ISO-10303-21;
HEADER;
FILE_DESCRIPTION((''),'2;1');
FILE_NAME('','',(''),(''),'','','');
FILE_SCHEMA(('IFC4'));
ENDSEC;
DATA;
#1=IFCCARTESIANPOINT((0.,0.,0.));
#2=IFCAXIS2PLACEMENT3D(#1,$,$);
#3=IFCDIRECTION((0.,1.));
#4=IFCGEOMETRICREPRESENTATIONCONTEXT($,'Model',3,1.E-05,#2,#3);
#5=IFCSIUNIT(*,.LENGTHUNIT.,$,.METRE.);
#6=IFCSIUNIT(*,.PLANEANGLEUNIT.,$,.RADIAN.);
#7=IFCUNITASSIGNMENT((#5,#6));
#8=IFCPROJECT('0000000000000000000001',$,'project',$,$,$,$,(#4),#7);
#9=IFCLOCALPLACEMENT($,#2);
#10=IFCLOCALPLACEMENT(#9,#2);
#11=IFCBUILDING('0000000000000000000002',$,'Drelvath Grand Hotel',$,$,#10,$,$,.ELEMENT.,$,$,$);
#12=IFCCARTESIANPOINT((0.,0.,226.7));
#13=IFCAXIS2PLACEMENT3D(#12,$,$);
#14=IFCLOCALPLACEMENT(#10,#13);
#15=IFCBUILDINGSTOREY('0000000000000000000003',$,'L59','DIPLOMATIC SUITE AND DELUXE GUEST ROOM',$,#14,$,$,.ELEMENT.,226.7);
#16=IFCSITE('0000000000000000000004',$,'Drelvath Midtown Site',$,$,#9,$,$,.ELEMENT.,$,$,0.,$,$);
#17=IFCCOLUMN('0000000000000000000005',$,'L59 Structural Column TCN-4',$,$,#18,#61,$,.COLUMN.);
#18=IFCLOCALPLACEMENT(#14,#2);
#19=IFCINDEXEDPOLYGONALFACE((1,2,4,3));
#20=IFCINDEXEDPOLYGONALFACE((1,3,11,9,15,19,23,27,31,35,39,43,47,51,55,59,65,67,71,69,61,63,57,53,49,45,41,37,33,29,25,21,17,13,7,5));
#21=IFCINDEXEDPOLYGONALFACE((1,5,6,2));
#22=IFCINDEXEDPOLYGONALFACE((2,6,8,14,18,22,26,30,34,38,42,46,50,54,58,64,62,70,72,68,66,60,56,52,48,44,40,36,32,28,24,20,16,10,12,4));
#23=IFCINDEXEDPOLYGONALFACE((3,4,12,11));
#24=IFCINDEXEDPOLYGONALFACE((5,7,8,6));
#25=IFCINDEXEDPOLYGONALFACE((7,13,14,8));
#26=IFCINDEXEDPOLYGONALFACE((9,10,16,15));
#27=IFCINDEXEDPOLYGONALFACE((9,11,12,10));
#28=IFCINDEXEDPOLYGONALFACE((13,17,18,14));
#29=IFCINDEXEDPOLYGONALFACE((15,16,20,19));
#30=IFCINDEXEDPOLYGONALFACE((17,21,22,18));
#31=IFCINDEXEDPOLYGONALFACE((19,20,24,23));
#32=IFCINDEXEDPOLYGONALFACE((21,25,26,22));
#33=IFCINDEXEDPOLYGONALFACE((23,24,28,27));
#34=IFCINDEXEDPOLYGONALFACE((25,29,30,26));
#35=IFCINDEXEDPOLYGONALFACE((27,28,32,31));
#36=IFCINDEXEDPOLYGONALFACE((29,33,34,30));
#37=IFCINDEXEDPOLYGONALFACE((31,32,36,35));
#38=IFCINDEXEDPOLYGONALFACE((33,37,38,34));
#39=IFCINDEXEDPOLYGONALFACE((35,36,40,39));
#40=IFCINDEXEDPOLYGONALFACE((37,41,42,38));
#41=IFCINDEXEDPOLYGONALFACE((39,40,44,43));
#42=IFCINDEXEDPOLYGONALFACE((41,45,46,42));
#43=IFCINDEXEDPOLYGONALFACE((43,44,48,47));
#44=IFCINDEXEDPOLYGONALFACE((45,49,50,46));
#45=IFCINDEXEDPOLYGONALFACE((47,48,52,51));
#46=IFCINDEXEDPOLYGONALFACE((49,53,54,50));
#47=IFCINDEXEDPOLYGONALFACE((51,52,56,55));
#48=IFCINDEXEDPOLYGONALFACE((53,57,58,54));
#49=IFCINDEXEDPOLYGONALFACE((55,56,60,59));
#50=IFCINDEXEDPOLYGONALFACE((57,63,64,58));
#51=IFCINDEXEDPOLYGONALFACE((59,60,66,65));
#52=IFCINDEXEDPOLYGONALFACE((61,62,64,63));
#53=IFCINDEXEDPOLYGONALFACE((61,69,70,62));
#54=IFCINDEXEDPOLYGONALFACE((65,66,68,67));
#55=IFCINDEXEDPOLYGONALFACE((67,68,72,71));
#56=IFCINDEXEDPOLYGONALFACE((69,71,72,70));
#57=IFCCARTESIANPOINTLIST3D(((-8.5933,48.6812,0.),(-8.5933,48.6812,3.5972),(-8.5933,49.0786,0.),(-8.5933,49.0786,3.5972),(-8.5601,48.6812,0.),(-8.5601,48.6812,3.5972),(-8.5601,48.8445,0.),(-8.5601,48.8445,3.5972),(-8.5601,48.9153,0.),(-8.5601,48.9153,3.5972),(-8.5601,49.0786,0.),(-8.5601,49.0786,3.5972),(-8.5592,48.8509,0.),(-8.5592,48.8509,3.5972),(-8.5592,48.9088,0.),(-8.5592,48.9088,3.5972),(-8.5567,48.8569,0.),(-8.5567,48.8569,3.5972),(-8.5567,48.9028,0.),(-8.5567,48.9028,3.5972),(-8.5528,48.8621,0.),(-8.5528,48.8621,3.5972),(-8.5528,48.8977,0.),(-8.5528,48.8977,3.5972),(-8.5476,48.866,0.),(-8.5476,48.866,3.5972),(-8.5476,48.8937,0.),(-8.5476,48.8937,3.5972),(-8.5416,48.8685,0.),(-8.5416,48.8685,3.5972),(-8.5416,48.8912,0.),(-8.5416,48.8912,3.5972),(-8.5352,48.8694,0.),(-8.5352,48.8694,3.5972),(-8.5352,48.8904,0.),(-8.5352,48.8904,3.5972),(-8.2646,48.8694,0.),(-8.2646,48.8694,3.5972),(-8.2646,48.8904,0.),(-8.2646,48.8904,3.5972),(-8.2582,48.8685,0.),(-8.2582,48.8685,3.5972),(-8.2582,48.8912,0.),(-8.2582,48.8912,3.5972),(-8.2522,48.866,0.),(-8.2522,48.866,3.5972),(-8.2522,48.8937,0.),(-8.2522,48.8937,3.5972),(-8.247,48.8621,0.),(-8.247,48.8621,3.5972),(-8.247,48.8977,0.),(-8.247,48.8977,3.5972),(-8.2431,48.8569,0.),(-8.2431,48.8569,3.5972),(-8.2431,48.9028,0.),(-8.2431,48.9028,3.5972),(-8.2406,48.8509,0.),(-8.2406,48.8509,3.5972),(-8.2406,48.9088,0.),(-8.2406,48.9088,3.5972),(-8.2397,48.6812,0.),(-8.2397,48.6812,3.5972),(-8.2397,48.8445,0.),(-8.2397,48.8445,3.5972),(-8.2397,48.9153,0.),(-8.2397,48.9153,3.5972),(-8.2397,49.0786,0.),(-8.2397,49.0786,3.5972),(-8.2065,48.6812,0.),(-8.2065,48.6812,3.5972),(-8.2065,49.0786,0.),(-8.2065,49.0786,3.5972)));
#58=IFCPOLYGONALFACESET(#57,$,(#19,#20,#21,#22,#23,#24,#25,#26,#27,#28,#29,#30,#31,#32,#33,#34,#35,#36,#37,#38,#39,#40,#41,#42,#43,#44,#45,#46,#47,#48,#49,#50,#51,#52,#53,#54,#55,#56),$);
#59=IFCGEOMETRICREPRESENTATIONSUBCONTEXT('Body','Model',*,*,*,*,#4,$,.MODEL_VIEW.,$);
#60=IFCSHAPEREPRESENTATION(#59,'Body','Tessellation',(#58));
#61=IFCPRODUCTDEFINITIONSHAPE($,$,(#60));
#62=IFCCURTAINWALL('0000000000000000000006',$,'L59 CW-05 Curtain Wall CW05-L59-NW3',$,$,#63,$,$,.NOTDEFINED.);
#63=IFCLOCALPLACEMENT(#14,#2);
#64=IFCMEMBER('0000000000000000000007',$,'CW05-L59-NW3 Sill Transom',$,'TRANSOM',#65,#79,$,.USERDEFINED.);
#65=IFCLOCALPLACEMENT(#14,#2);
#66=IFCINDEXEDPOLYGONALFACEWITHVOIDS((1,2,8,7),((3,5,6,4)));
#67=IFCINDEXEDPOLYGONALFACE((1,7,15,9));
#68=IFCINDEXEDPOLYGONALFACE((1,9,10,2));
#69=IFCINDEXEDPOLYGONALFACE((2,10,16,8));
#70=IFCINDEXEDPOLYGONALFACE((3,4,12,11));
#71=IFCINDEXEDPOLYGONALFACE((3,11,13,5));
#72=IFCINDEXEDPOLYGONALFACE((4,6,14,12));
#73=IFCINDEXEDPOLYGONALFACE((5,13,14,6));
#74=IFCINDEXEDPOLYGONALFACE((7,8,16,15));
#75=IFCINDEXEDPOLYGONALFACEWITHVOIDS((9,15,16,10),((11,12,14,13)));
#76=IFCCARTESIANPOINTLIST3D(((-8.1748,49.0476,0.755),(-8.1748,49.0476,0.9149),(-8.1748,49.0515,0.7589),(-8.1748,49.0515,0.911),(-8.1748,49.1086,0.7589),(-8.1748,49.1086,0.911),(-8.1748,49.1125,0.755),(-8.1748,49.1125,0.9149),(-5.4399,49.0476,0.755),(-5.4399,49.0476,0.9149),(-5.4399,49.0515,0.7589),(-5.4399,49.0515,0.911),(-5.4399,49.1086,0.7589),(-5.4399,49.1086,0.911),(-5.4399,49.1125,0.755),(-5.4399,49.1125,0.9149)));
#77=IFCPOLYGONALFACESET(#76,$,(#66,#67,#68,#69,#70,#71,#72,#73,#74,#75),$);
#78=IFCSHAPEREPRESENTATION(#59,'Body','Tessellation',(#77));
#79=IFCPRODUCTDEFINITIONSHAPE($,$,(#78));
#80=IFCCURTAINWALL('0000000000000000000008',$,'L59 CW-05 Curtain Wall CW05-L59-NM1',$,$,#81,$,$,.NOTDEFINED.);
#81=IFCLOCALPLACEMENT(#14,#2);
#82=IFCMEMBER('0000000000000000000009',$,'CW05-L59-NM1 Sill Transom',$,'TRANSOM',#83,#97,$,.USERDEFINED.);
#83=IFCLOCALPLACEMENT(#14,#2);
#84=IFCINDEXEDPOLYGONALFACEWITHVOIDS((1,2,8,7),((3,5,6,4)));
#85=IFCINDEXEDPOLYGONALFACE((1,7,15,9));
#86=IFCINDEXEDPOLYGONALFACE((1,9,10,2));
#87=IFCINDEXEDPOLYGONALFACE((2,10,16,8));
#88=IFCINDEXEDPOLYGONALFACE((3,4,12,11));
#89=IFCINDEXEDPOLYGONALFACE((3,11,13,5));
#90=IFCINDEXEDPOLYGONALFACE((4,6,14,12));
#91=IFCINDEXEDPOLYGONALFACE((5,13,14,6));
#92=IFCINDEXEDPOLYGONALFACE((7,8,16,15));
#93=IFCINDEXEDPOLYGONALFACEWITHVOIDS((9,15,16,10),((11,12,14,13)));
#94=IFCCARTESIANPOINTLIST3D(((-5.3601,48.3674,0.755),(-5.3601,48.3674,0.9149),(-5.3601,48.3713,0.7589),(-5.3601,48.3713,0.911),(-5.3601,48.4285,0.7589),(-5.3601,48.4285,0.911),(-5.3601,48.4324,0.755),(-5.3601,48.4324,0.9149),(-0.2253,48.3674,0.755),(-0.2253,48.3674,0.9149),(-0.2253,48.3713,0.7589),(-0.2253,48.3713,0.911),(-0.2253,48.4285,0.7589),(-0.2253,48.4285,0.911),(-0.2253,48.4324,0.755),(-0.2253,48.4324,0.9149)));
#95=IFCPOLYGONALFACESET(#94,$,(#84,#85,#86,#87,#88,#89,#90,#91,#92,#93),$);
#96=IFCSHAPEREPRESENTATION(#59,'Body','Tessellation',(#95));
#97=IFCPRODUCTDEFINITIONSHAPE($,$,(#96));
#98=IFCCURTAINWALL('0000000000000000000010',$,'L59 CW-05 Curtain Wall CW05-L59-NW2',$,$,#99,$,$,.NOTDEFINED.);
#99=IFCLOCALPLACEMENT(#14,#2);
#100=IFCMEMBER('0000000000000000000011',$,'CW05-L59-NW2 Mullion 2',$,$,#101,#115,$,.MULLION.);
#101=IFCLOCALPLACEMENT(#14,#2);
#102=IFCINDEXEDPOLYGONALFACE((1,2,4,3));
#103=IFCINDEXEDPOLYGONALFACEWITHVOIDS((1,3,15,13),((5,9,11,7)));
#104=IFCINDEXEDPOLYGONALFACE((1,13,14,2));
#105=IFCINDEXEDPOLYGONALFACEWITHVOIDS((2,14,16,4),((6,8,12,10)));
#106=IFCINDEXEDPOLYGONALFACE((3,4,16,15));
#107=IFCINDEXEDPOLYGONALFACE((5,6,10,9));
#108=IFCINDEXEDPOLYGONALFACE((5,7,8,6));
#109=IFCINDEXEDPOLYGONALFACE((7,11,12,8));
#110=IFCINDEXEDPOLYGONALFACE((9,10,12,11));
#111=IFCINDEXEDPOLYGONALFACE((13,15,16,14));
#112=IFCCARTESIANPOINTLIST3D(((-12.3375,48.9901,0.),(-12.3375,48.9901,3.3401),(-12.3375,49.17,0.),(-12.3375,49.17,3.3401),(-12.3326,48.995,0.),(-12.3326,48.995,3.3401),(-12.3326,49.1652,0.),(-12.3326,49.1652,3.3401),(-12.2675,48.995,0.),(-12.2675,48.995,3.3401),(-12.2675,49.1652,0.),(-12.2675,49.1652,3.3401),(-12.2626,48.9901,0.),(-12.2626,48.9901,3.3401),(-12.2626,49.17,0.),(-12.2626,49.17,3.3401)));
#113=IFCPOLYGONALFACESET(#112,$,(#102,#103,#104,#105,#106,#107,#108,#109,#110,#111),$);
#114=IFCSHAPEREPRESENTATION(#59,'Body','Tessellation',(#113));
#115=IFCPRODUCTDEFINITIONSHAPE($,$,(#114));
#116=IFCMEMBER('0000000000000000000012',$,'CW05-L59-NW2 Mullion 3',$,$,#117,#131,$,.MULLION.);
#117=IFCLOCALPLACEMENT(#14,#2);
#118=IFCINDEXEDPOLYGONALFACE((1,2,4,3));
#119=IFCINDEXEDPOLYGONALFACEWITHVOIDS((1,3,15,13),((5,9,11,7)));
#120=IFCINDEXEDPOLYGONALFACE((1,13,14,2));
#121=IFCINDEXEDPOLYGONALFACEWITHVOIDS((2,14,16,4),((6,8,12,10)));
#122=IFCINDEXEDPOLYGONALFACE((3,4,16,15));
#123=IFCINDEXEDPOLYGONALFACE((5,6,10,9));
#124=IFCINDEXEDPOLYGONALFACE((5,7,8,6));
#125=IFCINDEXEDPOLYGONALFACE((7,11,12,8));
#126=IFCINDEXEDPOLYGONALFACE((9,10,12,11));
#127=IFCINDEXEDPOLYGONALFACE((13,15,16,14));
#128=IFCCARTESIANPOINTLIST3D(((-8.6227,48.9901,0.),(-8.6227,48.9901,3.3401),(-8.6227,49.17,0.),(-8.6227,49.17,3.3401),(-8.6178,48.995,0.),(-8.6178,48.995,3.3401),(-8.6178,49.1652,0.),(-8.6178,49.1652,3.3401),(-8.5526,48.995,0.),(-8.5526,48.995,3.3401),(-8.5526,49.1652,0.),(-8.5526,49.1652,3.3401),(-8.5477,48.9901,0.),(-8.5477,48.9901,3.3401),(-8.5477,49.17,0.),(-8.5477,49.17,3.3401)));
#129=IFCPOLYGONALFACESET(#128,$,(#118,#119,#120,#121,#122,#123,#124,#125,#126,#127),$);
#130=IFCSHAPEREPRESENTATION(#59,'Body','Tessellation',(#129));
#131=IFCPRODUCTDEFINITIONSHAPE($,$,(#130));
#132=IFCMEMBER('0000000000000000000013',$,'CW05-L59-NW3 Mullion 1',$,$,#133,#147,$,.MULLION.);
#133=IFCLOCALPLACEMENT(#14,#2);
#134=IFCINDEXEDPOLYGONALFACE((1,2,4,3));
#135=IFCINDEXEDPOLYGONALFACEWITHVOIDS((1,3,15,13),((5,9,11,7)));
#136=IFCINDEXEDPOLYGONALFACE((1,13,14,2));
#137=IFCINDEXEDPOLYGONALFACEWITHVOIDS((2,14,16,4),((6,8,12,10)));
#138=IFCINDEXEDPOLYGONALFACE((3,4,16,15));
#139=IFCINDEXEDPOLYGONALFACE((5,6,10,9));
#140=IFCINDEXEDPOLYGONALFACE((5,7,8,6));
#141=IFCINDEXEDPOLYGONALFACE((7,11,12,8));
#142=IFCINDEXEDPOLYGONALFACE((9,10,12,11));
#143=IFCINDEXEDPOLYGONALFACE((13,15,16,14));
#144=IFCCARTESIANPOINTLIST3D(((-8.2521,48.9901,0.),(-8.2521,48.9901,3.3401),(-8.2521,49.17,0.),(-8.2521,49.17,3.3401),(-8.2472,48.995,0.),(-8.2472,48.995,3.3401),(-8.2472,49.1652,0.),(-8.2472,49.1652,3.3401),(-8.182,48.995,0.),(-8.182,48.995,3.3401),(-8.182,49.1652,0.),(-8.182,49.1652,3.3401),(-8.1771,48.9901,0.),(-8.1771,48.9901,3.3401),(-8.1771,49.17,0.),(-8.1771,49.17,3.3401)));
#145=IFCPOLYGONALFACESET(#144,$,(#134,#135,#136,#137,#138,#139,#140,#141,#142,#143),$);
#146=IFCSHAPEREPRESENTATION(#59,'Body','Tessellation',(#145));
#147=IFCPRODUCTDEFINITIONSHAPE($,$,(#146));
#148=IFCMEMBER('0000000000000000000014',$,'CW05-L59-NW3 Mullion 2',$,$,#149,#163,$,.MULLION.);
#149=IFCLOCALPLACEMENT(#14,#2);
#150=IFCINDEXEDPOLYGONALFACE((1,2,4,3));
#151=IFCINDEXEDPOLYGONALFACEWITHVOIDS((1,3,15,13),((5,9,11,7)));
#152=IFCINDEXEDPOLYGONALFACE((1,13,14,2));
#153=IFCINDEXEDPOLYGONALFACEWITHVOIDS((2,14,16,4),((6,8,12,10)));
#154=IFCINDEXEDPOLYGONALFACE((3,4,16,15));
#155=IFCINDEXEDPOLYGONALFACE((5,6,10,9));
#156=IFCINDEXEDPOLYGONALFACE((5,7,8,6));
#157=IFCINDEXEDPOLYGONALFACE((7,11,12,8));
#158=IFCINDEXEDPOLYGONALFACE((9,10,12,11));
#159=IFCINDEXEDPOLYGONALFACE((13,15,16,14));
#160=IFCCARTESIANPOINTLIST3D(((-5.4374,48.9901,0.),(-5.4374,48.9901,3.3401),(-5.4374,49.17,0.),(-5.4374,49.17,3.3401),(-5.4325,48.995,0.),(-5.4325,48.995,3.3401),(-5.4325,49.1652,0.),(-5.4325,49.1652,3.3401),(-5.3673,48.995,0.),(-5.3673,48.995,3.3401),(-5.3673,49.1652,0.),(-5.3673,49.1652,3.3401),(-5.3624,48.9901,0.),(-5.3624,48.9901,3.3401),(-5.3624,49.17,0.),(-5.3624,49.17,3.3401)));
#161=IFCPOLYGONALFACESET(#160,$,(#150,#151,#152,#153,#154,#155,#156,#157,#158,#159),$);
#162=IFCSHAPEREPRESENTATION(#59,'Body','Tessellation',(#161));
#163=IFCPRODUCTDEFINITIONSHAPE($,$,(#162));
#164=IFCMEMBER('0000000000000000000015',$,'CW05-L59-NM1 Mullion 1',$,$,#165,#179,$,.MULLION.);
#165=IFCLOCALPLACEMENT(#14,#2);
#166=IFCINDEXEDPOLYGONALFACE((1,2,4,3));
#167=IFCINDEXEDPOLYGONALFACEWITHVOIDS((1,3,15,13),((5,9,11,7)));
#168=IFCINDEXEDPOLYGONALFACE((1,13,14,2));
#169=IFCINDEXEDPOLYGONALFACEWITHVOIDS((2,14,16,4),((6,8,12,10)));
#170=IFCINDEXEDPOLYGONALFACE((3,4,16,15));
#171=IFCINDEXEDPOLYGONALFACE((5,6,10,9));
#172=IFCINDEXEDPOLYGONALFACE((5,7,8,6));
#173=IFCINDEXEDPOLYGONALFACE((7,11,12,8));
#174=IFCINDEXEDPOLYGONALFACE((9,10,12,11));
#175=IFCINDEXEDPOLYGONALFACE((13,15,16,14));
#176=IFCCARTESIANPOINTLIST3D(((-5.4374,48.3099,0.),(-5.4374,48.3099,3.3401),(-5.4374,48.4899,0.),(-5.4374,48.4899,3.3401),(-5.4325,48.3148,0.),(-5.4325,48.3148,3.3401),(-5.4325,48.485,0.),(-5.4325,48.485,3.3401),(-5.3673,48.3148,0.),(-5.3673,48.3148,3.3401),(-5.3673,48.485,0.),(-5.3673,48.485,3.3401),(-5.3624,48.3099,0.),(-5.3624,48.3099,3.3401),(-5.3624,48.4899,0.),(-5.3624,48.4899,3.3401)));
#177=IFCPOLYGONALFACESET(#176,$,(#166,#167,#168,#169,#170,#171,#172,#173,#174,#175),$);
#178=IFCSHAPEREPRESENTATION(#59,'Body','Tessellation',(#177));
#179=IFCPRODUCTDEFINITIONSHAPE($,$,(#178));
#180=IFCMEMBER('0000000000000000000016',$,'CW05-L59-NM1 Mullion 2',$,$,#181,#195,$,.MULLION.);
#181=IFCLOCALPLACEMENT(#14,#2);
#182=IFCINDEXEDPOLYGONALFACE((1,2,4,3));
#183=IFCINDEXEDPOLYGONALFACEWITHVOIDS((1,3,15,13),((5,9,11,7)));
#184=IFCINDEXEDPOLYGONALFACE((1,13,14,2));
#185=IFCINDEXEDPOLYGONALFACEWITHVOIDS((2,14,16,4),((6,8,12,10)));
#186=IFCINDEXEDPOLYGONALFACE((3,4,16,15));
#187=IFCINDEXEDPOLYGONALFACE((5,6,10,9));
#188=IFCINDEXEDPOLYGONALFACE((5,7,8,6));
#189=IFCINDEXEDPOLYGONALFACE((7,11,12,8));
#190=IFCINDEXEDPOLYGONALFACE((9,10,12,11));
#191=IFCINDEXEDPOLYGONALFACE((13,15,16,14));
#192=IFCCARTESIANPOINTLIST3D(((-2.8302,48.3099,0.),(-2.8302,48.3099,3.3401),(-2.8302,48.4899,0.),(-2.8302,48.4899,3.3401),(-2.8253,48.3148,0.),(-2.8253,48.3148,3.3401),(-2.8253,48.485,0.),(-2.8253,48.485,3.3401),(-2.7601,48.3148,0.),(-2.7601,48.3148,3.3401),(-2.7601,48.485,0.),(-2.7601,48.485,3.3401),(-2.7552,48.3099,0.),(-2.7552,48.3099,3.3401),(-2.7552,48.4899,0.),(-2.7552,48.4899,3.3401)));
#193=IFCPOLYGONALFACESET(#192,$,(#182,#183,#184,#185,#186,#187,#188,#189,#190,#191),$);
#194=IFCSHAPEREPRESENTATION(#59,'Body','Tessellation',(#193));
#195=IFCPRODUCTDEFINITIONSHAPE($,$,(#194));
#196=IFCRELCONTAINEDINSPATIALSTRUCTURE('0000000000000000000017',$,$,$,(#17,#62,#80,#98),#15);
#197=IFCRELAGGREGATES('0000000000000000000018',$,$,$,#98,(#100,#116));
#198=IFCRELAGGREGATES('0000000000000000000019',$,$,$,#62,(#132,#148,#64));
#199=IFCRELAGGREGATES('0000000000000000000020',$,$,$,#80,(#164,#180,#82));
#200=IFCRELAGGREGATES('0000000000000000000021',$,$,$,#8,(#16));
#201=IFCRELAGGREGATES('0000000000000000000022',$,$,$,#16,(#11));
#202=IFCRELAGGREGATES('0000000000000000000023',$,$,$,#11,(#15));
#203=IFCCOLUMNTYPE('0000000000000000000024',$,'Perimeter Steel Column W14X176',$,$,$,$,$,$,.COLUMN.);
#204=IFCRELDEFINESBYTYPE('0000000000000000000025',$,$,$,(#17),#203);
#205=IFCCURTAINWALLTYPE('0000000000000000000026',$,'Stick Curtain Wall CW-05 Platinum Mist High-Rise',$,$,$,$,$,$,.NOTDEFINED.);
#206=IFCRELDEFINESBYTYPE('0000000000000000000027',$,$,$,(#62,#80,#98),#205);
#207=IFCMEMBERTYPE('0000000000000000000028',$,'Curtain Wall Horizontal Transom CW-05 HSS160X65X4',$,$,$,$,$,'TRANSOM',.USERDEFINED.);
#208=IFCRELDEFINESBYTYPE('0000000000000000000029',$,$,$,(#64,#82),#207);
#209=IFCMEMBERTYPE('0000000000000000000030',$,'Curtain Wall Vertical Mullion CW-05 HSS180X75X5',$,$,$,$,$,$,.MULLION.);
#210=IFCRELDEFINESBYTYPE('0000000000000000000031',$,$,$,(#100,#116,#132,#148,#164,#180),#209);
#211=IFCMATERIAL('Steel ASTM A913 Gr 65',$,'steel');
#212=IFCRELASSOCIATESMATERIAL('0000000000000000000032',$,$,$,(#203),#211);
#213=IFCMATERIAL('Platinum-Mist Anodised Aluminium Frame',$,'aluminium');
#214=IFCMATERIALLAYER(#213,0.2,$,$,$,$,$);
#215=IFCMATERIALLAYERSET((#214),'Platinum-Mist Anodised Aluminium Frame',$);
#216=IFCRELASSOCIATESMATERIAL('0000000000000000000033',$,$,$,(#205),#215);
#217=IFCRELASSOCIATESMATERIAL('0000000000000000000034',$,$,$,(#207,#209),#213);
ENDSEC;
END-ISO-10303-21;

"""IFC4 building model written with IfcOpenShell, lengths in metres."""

from ifc_helpers import new_model, si_unit, direction, frame, origin, origin_2d, place, context, subcontext, project, spatial, hollow_rectangle, i_section, extrude, material, layer, layer_set, material_profile, profile_set, type_object, element, aggregate, save


model = new_model("IFC4")

# Units and contexts
model_context = context("Model", 3, precision=1e-05, world=origin(), true_north=direction((0.0, 1.0)))
body_context = subcontext(model_context, "Body", "Model", "MODEL_VIEW")
ifc_project = project(units=[si_unit("LENGTHUNIT", "METRE"), si_unit("PLANEANGLEUNIT", "RADIAN")], contexts=[model_context])

# Site, building, storey
site_placement = place(None, origin())
site = spatial("IfcSite", under=ifc_project, at=site_placement, Name="Drelvath Midtown Site", CompositionType="ELEMENT", RefElevation=0.0)
building_placement = place(site_placement, origin())
building = spatial("IfcBuilding", under=site, at=building_placement, Name="Drelvath Grand Hotel", CompositionType="ELEMENT")
storey_placement = place(building_placement, frame((0.0, 0.0, 226.7)))
storey = spatial("IfcBuildingStorey", under=building, at=storey_placement, Name="L59", Description="DIPLOMATIC SUITE AND DELUXE GUEST ROOM", CompositionType="ELEMENT", Elevation=226.7)

# Column
ifc_material_1 = material(Name="Steel ASTM A913 Gr 65", Category="steel")
ifc_material_profile_1 = material_profile(ifc_material_1, i_section(OverallWidth=0.3975, OverallDepth=0.3867, WebThickness=0.021, FlangeThickness=0.0332, FilletRadius=0.0249, at=origin_2d()), Name="W14X176")
ifc_profile_set_1 = profile_set([ifc_material_profile_1], Name="Steel ASTM A913 Gr 65")
column_type = type_object("IfcColumnType", Name="Perimeter Steel Column W14X176", PredefinedType="COLUMN", material=ifc_profile_set_1)
column_placement = place(storey_placement, frame((-8.3999, 48.8799, 0.0), z_axis=(0.0, 0.0, 1.0), x_axis=(0.0, 1.0, 0.0)))
element("IfcColumn", 1, at=column_placement, inside=storey, type_object=column_type, Name="L59 Structural Column TCN-4", PredefinedType="COLUMN", context=body_context, shape_type="SweptSolid", body=[
    extrude(i_section(OverallWidth=0.3975, OverallDepth=0.3867, WebThickness=0.021, FlangeThickness=0.0332, FilletRadius=0.0249, at=origin_2d()), origin(), (0.0, 0.0, 1.0), 3.5972),
])

# Curtain walls, members
ifc_material_2 = material(Name="Platinum-Mist Anodised Aluminium Frame", Category="aluminium")
ifc_layer_1 = layer(ifc_material_2, 0.2)
ifc_layer_set_1 = layer_set([ifc_layer_1], Name="Platinum-Mist Anodised Aluminium Frame")
curtain_wall_type = type_object("IfcCurtainWallType", Name="Stick Curtain Wall CW-05 Platinum Mist High-Rise", PredefinedType="NOTDEFINED", material=ifc_layer_set_1)
curtain_wall_1_placement = place(storey_placement, origin())
curtain_wall_1 = element("IfcCurtainWall", 2, at=curtain_wall_1_placement, inside=storey, type_object=curtain_wall_type, Name="L59 CW-05 Curtain Wall CW05-L59-NW3", PredefinedType="NOTDEFINED")
ifc_material_profile_2 = material_profile(ifc_material_2, hollow_rectangle(XDim=0.0649, YDim=0.1599, WallThickness=0.0039, at=origin_2d()), Name="HSS160X65X4")
ifc_profile_set_2 = profile_set([ifc_material_profile_2], Name="Platinum-Mist Anodised Aluminium Frame")
member_type_1 = type_object("IfcMemberType", Name="Curtain Wall Horizontal Transom CW-05 HSS160X65X4", ElementType="TRANSOM", PredefinedType="USERDEFINED", material=ifc_profile_set_2)
member_1_placement = place(storey_placement, frame((-8.1748, 49.0801, 0.835), z_axis=(1.0, 0.0, 0.0), x_axis=(0.0, 1.0, 0.0)))
member_1 = element("IfcMember", 3, at=member_1_placement, type_object=member_type_1, Name="CW05-L59-NW3 Sill Transom", ObjectType="TRANSOM", PredefinedType="USERDEFINED", context=body_context, shape_type="SweptSolid", body=[
    extrude(hollow_rectangle(XDim=0.0649, YDim=0.1599, WallThickness=0.0039, at=origin_2d()), origin(), (0.0, 0.0, 1.0), 2.7349),
])
curtain_wall_2_placement = place(storey_placement, origin())
curtain_wall_2 = element("IfcCurtainWall", 4, at=curtain_wall_2_placement, inside=storey, type_object=curtain_wall_type, Name="L59 CW-05 Curtain Wall CW05-L59-NM1", PredefinedType="NOTDEFINED")
member_2_placement = place(storey_placement, frame((-5.3601, 48.3999, 0.835), z_axis=(1.0, 0.0, 0.0), x_axis=(0.0, 1.0, 0.0)))
member_2 = element("IfcMember", 5, at=member_2_placement, type_object=member_type_1, Name="CW05-L59-NM1 Sill Transom", ObjectType="TRANSOM", PredefinedType="USERDEFINED", context=body_context, shape_type="SweptSolid", body=[
    extrude(hollow_rectangle(XDim=0.0649, YDim=0.1599, WallThickness=0.0039, at=origin_2d()), origin(), (0.0, 0.0, 1.0), 5.1348),
])

# Curtain wall, members
curtain_wall_3_placement = place(storey_placement, origin())
curtain_wall_3 = element("IfcCurtainWall", 6, at=curtain_wall_3_placement, inside=storey, type_object=curtain_wall_type, Name="L59 CW-05 Curtain Wall CW05-L59-NW2", PredefinedType="NOTDEFINED")
ifc_material_profile_3 = material_profile(ifc_material_2, hollow_rectangle(XDim=0.075, YDim=0.1799, WallThickness=0.0049, at=origin_2d()), Name="HSS180X75X5")
ifc_profile_set_3 = profile_set([ifc_material_profile_3], Name="Platinum-Mist Anodised Aluminium Frame")
member_type_2 = type_object("IfcMemberType", Name="Curtain Wall Vertical Mullion CW-05 HSS180X75X5", PredefinedType="MULLION", material=ifc_profile_set_3)
member_3_placement = place(storey_placement, frame((-12.3, 49.0801, 0.0), z_axis=(0.0, 0.0, 1.0), x_axis=(1.0, 0.0, 0.0)))
member_3 = element("IfcMember", 7, at=member_3_placement, type_object=member_type_2, Name="CW05-L59-NW2 Mullion 2", PredefinedType="MULLION", context=body_context, shape_type="SweptSolid", body=[
    extrude(hollow_rectangle(XDim=0.075, YDim=0.1799, WallThickness=0.0049, at=origin_2d()), origin(), (0.0, 0.0, 1.0), 3.3401),
])
member_4_placement = place(storey_placement, frame((-8.5852, 49.0801, 0.0), z_axis=(0.0, 0.0, 1.0), x_axis=(1.0, 0.0, 0.0)))
member_4 = element("IfcMember", 8, at=member_4_placement, type_object=member_type_2, Name="CW05-L59-NW2 Mullion 3", PredefinedType="MULLION", context=body_context, shape_type="SweptSolid", body=[
    extrude(hollow_rectangle(XDim=0.075, YDim=0.1799, WallThickness=0.0049, at=origin_2d()), origin(), (0.0, 0.0, 1.0), 3.3401),
])

# Members
member_5_placement = place(storey_placement, frame((-8.2146, 49.0801, 0.0), z_axis=(0.0, 0.0, 1.0), x_axis=(1.0, 0.0, 0.0)))
member_5 = element("IfcMember", 9, at=member_5_placement, type_object=member_type_2, Name="CW05-L59-NW3 Mullion 1", PredefinedType="MULLION", context=body_context, shape_type="SweptSolid", body=[
    extrude(hollow_rectangle(XDim=0.075, YDim=0.1799, WallThickness=0.0049, at=origin_2d()), origin(), (0.0, 0.0, 1.0), 3.3401),
])
member_6_placement = place(storey_placement, frame((-5.3999, 49.0801, 0.0), z_axis=(0.0, 0.0, 1.0), x_axis=(1.0, 0.0, 0.0)))
member_6 = element("IfcMember", 10, at=member_6_placement, type_object=member_type_2, Name="CW05-L59-NW3 Mullion 2", PredefinedType="MULLION", context=body_context, shape_type="SweptSolid", body=[
    extrude(hollow_rectangle(XDim=0.075, YDim=0.1799, WallThickness=0.0049, at=origin_2d()), origin(), (0.0, 0.0, 1.0), 3.3401),
])
member_7_placement = place(storey_placement, frame((-5.3999, 48.3999, 0.0), z_axis=(0.0, 0.0, 1.0), x_axis=(1.0, 0.0, 0.0)))
member_7 = element("IfcMember", 11, at=member_7_placement, type_object=member_type_2, Name="CW05-L59-NM1 Mullion 1", PredefinedType="MULLION", context=body_context, shape_type="SweptSolid", body=[
    extrude(hollow_rectangle(XDim=0.075, YDim=0.1799, WallThickness=0.0049, at=origin_2d()), origin(), (0.0, 0.0, 1.0), 3.3401),
])
member_8_placement = place(storey_placement, frame((-2.7927, 48.3999, 0.0), z_axis=(0.0, 0.0, 1.0), x_axis=(1.0, 0.0, 0.0)))
member_8 = element("IfcMember", 12, at=member_8_placement, type_object=member_type_2, Name="CW05-L59-NM1 Mullion 2", PredefinedType="MULLION", context=body_context, shape_type="SweptSolid", body=[
    extrude(hollow_rectangle(XDim=0.075, YDim=0.1799, WallThickness=0.0049, at=origin_2d()), origin(), (0.0, 0.0, 1.0), 3.3401),
])

aggregate(curtain_wall_3, [member_3, member_4])
aggregate(curtain_wall_1, [member_5, member_6, member_1])
aggregate(curtain_wall_2, [member_7, member_8, member_2])

save(model, "model.ifc")
